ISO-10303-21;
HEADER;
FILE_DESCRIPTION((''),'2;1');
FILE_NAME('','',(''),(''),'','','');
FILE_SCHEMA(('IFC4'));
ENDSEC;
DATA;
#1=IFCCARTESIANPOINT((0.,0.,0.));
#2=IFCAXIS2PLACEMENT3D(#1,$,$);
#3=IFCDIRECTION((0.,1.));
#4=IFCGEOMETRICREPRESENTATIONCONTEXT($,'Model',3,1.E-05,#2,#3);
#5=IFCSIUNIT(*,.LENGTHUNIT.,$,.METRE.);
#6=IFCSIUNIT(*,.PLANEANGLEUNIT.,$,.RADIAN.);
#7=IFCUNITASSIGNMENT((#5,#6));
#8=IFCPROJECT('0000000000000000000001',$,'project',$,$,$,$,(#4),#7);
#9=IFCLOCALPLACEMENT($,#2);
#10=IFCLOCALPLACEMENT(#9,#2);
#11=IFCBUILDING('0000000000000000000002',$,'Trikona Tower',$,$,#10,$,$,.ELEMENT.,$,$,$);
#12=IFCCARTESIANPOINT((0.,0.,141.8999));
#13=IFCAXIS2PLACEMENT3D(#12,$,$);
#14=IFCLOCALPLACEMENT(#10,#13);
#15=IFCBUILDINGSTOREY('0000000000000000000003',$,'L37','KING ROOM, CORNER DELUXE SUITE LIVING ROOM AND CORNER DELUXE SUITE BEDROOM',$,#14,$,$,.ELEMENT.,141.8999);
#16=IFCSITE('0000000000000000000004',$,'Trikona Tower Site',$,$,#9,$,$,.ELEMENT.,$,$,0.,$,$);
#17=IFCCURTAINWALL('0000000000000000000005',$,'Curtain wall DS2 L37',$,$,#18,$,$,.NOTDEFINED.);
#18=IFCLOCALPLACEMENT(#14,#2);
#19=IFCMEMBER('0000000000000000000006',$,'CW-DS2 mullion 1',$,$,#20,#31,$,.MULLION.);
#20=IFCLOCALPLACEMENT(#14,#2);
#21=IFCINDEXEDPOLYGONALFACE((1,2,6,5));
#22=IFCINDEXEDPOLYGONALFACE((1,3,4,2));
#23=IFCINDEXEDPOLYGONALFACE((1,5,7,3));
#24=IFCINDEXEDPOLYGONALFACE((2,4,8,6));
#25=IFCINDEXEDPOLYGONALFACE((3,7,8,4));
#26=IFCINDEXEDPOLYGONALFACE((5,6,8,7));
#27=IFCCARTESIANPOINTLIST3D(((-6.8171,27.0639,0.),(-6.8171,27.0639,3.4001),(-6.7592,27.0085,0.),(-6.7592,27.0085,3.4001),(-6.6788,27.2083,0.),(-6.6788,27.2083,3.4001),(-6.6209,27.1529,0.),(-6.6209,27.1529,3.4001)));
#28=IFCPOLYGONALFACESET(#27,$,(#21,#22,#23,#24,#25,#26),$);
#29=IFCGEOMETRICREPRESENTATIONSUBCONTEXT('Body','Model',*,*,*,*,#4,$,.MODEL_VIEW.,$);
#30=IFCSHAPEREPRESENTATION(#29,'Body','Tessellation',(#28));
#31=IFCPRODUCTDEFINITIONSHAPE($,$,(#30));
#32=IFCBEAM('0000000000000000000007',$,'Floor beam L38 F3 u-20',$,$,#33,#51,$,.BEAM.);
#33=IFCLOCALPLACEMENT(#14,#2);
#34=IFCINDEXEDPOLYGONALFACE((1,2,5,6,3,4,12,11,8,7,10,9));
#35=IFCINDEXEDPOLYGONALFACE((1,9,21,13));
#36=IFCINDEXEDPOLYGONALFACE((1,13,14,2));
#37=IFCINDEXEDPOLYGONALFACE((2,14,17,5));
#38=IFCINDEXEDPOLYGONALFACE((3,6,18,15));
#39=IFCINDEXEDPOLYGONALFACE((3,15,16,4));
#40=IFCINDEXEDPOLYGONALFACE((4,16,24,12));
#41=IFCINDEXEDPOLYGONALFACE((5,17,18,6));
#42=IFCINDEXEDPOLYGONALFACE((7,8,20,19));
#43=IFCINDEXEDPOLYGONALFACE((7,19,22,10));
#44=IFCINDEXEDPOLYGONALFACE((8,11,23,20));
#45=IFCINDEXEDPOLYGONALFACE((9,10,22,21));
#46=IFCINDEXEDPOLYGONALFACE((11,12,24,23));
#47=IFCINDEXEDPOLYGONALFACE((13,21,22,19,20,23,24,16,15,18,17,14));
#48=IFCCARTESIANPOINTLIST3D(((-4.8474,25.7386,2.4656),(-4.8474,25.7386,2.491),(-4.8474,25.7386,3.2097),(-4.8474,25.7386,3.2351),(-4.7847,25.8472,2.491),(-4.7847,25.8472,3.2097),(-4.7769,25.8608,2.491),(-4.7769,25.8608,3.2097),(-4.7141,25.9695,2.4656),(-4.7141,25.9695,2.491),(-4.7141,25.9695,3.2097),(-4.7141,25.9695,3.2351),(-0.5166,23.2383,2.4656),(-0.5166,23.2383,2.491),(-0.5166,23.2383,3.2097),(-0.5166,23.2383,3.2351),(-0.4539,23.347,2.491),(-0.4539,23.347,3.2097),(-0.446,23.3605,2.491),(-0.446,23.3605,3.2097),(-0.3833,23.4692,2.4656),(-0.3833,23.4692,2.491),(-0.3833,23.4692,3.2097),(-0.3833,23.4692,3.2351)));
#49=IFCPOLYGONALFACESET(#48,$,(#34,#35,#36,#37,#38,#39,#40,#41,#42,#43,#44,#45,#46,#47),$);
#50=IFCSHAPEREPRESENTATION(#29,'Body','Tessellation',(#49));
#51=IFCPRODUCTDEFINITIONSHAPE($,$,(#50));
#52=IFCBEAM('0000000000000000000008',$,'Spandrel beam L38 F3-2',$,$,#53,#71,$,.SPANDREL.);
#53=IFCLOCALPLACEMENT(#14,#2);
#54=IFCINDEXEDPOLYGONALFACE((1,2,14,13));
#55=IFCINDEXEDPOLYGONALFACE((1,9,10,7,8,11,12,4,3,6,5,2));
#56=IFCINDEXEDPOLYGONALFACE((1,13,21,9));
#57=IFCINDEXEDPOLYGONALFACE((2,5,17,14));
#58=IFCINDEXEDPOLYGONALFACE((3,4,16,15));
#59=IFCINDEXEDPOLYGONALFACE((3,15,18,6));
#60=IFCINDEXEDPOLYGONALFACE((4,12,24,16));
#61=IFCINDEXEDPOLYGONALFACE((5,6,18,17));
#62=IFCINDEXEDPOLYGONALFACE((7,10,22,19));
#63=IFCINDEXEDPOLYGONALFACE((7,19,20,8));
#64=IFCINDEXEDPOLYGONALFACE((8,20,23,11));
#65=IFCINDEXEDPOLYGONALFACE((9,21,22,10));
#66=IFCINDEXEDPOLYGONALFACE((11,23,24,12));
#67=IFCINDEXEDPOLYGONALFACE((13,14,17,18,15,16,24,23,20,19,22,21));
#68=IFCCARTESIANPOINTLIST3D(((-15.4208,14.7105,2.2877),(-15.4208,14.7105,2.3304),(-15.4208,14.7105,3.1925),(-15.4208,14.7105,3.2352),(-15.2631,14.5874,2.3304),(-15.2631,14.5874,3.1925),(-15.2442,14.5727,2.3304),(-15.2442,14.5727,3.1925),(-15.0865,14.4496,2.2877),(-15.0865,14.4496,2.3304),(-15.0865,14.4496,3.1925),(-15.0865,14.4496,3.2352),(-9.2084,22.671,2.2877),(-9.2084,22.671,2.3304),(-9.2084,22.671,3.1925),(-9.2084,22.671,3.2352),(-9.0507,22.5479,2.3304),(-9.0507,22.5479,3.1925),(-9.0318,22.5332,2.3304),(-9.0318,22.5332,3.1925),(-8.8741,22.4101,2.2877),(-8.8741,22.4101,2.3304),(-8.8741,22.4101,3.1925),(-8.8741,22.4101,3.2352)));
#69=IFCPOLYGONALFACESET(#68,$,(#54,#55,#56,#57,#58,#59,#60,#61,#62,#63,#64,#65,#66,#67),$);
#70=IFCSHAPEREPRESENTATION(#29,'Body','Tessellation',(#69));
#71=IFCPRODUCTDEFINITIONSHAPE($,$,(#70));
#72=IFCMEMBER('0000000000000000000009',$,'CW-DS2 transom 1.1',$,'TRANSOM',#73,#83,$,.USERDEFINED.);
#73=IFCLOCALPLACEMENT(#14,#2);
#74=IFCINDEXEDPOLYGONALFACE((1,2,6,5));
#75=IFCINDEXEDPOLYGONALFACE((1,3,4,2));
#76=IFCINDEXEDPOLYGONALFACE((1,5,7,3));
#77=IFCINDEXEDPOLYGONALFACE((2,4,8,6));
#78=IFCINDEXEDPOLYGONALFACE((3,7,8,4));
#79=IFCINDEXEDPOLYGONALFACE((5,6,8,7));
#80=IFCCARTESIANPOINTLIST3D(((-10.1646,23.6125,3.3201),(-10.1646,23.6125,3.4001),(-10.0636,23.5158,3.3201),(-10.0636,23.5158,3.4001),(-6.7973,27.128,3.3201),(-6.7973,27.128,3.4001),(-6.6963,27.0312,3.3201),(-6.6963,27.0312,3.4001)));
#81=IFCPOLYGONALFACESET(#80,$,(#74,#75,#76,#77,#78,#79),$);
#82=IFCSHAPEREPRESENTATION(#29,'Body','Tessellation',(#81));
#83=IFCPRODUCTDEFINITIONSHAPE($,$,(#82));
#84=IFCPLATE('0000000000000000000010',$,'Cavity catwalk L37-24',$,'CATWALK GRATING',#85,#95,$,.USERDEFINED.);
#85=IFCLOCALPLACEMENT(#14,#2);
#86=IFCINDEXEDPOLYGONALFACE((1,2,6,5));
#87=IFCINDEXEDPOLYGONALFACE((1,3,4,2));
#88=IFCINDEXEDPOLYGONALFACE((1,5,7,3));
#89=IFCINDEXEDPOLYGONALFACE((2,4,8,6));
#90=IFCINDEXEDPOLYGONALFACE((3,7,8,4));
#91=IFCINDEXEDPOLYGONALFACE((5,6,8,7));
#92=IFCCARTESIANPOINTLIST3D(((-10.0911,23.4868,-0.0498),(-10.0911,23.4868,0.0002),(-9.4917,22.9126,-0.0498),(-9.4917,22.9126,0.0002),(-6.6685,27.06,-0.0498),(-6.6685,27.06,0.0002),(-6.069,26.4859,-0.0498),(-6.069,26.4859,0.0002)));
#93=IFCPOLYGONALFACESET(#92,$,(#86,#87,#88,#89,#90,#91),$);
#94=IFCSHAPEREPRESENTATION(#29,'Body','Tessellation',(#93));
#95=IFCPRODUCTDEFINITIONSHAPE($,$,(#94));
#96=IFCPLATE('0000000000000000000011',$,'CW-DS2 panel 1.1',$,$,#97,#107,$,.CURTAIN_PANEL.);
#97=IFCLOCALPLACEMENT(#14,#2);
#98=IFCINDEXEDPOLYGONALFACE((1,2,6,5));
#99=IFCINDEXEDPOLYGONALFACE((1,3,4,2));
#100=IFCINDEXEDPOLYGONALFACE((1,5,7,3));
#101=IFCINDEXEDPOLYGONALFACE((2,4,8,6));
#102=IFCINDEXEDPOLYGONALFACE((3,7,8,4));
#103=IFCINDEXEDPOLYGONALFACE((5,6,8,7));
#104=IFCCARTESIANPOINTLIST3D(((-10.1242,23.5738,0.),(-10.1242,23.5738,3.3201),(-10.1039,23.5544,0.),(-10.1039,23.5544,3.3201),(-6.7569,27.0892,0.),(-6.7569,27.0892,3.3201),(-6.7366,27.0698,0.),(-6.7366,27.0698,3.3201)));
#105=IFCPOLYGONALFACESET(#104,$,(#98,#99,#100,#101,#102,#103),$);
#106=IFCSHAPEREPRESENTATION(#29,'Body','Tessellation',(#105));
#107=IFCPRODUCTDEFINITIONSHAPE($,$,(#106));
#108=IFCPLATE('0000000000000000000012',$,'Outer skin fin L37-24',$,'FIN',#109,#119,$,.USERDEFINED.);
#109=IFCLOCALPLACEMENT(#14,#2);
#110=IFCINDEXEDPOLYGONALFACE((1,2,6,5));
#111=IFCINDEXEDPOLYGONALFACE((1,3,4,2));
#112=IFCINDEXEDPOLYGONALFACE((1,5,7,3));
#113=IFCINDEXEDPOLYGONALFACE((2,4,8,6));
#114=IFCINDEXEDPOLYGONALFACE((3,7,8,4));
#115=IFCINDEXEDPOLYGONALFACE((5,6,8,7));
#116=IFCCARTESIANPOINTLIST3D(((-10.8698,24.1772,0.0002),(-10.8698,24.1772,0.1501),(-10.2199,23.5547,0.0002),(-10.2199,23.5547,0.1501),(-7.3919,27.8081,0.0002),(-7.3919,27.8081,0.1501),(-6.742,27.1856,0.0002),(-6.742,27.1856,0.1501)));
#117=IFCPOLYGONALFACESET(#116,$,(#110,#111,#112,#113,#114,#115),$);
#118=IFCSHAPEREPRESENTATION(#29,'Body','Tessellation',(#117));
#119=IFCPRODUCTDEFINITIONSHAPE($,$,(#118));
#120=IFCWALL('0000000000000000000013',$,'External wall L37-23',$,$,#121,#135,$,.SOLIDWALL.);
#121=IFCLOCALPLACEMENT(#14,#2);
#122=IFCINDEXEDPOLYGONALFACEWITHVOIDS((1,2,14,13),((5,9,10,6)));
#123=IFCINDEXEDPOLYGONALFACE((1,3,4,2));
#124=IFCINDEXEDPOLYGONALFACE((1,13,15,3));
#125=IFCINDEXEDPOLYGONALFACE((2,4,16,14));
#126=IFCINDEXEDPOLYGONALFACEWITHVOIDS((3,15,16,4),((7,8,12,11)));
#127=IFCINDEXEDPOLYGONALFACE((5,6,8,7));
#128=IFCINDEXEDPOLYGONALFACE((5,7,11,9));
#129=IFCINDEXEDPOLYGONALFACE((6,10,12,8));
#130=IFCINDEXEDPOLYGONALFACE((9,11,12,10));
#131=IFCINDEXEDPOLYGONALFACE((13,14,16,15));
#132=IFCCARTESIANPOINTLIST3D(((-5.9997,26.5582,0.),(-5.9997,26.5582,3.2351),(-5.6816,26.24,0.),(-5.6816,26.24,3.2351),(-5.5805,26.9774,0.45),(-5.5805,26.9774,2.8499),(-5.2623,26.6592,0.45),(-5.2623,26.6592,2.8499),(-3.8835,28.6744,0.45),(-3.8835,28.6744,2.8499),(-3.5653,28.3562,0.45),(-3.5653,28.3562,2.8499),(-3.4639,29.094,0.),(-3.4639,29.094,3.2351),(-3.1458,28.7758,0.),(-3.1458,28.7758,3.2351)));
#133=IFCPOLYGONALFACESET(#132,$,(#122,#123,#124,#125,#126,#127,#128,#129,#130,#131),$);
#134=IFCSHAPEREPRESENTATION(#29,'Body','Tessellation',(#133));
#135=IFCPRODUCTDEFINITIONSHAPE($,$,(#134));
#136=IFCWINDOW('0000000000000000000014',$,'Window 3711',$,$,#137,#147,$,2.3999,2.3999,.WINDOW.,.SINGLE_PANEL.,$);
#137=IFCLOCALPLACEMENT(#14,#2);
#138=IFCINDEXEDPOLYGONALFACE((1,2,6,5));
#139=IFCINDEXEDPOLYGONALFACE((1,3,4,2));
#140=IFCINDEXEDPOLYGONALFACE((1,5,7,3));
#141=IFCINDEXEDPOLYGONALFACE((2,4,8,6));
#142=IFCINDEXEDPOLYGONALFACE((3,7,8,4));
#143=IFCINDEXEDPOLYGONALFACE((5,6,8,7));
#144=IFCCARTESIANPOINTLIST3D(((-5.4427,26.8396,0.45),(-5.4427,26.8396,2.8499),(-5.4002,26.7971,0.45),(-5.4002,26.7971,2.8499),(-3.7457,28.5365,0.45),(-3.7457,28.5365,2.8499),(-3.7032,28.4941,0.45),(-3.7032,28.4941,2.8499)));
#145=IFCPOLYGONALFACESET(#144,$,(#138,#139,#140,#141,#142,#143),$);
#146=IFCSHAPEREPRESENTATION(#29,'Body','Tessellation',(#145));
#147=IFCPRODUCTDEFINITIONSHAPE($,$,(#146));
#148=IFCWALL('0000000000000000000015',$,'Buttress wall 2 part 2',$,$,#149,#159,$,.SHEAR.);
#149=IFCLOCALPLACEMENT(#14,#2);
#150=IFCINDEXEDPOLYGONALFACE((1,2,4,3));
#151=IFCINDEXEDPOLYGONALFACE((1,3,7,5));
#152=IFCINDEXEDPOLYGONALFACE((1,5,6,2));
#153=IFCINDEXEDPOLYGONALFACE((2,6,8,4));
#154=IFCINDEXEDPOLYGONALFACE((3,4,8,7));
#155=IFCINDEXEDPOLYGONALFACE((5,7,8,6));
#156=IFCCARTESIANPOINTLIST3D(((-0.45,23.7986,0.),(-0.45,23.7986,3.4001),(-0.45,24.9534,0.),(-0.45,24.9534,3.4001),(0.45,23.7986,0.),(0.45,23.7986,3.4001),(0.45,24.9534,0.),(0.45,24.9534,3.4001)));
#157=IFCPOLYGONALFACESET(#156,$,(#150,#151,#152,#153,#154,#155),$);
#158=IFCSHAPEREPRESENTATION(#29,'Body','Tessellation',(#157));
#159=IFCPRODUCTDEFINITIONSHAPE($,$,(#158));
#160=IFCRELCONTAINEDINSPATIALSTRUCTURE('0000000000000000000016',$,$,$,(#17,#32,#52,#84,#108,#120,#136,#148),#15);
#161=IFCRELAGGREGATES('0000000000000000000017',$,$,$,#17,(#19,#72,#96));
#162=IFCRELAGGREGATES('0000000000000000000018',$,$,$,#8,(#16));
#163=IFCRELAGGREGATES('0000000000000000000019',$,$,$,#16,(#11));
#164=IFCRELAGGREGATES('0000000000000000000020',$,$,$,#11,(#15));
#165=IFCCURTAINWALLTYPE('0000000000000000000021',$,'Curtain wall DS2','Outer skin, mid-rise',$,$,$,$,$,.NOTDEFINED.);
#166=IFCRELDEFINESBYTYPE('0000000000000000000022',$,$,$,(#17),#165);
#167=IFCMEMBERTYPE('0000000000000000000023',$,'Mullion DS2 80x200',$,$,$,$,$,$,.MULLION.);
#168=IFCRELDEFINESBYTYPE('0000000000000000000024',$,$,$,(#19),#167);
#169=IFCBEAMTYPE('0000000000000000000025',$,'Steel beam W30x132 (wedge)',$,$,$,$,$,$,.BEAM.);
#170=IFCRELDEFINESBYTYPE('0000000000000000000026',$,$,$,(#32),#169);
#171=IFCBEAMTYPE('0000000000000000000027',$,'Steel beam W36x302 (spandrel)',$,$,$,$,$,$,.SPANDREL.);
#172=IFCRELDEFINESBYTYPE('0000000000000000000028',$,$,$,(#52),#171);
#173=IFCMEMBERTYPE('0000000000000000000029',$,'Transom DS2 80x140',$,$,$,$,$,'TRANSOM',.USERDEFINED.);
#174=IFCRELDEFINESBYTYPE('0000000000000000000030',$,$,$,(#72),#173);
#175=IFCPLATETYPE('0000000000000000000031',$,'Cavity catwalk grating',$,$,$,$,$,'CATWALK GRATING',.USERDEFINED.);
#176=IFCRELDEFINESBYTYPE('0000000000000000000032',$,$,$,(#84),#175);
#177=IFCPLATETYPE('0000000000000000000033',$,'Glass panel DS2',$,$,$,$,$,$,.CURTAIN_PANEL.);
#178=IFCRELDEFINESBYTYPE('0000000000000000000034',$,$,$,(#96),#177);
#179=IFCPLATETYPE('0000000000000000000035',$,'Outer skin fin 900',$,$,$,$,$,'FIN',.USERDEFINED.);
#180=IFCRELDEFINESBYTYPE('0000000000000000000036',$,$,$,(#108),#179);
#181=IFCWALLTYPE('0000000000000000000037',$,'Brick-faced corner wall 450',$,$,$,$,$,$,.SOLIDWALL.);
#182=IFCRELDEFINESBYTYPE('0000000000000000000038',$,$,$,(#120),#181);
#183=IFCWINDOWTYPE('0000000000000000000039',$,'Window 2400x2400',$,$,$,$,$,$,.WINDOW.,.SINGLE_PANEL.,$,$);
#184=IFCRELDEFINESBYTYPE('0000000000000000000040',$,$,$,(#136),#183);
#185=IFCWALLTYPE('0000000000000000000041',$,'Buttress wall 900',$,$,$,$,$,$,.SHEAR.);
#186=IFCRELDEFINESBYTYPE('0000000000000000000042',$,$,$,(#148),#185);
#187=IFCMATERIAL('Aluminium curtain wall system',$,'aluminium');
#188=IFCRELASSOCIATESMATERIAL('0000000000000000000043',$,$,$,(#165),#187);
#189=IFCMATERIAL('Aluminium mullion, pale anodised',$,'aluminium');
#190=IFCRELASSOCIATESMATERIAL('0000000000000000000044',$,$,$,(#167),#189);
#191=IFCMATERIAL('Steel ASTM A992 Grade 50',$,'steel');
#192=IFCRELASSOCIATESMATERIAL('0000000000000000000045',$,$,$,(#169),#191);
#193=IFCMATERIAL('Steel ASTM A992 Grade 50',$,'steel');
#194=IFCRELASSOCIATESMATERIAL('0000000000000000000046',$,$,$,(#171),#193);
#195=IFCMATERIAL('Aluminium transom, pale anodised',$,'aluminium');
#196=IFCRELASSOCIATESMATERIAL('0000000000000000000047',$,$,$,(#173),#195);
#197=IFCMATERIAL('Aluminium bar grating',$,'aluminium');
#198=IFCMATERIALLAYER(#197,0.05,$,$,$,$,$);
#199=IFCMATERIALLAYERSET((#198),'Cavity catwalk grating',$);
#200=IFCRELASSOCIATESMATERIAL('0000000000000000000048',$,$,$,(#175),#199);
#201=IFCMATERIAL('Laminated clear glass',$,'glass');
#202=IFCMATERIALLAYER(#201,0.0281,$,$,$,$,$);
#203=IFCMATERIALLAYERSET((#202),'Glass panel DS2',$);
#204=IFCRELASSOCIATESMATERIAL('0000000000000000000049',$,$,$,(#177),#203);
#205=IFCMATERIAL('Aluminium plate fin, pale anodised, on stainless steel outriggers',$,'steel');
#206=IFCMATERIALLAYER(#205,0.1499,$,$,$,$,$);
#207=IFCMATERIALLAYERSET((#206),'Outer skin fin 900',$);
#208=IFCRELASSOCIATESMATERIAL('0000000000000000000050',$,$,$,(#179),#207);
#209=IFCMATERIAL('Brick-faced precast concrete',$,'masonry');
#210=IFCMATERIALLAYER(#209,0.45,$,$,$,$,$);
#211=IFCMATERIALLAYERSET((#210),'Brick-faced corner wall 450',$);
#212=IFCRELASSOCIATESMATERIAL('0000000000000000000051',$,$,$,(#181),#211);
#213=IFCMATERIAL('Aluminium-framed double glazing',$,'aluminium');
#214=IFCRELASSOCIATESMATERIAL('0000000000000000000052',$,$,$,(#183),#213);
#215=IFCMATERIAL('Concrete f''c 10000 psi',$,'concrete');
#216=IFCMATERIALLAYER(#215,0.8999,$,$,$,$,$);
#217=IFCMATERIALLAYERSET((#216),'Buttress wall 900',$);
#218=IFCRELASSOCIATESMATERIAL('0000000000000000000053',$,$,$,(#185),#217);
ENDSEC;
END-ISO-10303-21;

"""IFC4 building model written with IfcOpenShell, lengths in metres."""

from ifc_helpers import new_model, si_unit, direction, frame, frame_2d, origin, origin_2d, place, context, subcontext, project, spatial, rectangle, i_section, extrude, material, layer, layer_set, material_profile, profile_set, type_object, element, fill, aggregate, save


model = new_model("IFC4")

# Units and contexts
model_context = context("Model", 3, precision=1e-05, world=origin(), true_north=direction((0.0, 1.0)))
body_context = subcontext(model_context, "Body", "Model", "MODEL_VIEW")
ifc_project = project(units=[si_unit("LENGTHUNIT", "METRE"), si_unit("PLANEANGLEUNIT", "RADIAN")], contexts=[model_context])

# Site, building, storey
site_placement = place(None, origin())
site = spatial("IfcSite", under=ifc_project, at=site_placement, Name="Trikona Tower Site", CompositionType="ELEMENT", RefElevation=0.0)
building_placement = place(site_placement, origin())
building = spatial("IfcBuilding", under=site, at=building_placement, Name="Trikona Tower", CompositionType="ELEMENT")
storey_placement = place(building_placement, frame((0.0, 0.0, 141.8999)))
storey = spatial("IfcBuildingStorey", under=building, at=storey_placement, Name="L37", Description="KING ROOM, CORNER DELUXE SUITE LIVING ROOM AND CORNER DELUXE SUITE BEDROOM", CompositionType="ELEMENT", Elevation=141.8999)

# Curtain wall, member
ifc_material_1 = material(Name="Aluminium curtain wall system", Category="aluminium")
curtain_wall_type = type_object("IfcCurtainWallType", Name="Curtain wall DS2", Description="Outer skin, mid-rise", PredefinedType="NOTDEFINED", material=ifc_material_1)
curtain_wall_placement = place(storey_placement, origin())
curtain_wall = element("IfcCurtainWall", 1, at=curtain_wall_placement, inside=storey, type_object=curtain_wall_type, Name="Curtain wall DS2 L37", PredefinedType="NOTDEFINED")
ifc_material_2 = material(Name="Aluminium mullion, pale anodised", Category="aluminium")
ifc_material_profile_1 = material_profile(ifc_material_2, rectangle(XDim=0.0801, YDim=0.2, at=origin_2d()), Name="MUL-DS2")
ifc_profile_set_1 = profile_set([ifc_material_profile_1], Name="Aluminium mullion, pale anodised")
member_type_1 = type_object("IfcMemberType", Name="Mullion DS2 80x200", PredefinedType="MULLION", material=ifc_profile_set_1)
member_1_placement = place(storey_placement, frame((-6.719, 27.1084, 0.0), z_axis=(0.0, 0.0, 1.0), x_axis=(0.722158, -0.691728, 0.0)))
member_1 = element("IfcMember", 2, at=member_1_placement, type_object=member_type_1, Name="CW-DS2 mullion 1", PredefinedType="MULLION", context=body_context, shape_type="SweptSolid", body=[
    extrude(rectangle(XDim=0.0801, YDim=0.2, at=origin_2d()), origin(), (0.0, 0.0, 1.0), 3.4001),
])

# Beams
ifc_material_3 = material(Name="Steel ASTM A992 Grade 50", Category="steel")
ifc_material_profile_2 = material_profile(ifc_material_3, i_section(OverallWidth=0.2666, OverallDepth=0.7695, WebThickness=0.0156, FlangeThickness=0.0254, at=origin_2d()), Name="W30X132")
ifc_profile_set_2 = profile_set([ifc_material_profile_2], Name="Steel ASTM A992 Grade 50")
beam_type_1 = type_object("IfcBeamType", Name="Steel beam W30x132 (wedge)", PredefinedType="BEAM", material=ifc_profile_set_2)
beam_1_placement = place(storey_placement, frame((-0.45, 23.3538, 2.8503), z_axis=(-0.866038, 0.499977, 0.0), x_axis=(-0.499977, -0.866038, 0.0)))
element("IfcBeam", 3, at=beam_1_placement, inside=storey, type_object=beam_type_1, Name="Floor beam L38 F3 u-20", PredefinedType="BEAM", context=body_context, shape_type="SweptSolid", body=[
    extrude(i_section(OverallWidth=0.2666, OverallDepth=0.7695, WebThickness=0.0156, FlangeThickness=0.0254, at=origin_2d()), origin(), (0.0, 0.0, 1.0), 5.0007),
])
ifc_material_4 = material(Name="Steel ASTM A992 Grade 50", Category="steel")
ifc_material_profile_3 = material_profile(ifc_material_4, i_section(OverallWidth=0.4241, OverallDepth=0.9475, WebThickness=0.0239, FlangeThickness=0.0427, at=origin_2d()), Name="W36X302")
ifc_profile_set_3 = profile_set([ifc_material_profile_3], Name="Steel ASTM A992 Grade 50")
beam_type_2 = type_object("IfcBeamType", Name="Steel beam W36x302 (spandrel)", PredefinedType="SPANDREL", material=ifc_profile_set_3)
beam_2_placement = place(storey_placement, frame((-9.0413, 22.5405, 2.7615), z_axis=(-0.615232, -0.788346, 0.0), x_axis=(0.788346, -0.615232, 0.0)))
element("IfcBeam", 4, at=beam_2_placement, inside=storey, type_object=beam_type_2, Name="Spandrel beam L38 F3-2", PredefinedType="SPANDREL", context=body_context, shape_type="SweptSolid", body=[
    extrude(i_section(OverallWidth=0.4241, OverallDepth=0.9475, WebThickness=0.0239, FlangeThickness=0.0427, at=origin_2d()), origin(), (0.0, 0.0, 1.0), 10.0977),
])

# Member
ifc_material_5 = material(Name="Aluminium transom, pale anodised", Category="aluminium")
ifc_material_profile_4 = material_profile(ifc_material_5, rectangle(XDim=0.1399, YDim=0.0801, at=origin_2d()), Name="TRN-DS2")
ifc_profile_set_4 = profile_set([ifc_material_profile_4], Name="Aluminium transom, pale anodised")
member_type_2 = type_object("IfcMemberType", Name="Transom DS2 80x140", ElementType="TRANSOM", PredefinedType="USERDEFINED", material=ifc_profile_set_4)
member_2_placement = place(storey_placement, frame((-6.7468, 27.0796, 3.3601), z_axis=(-0.691721, -0.722165, 0.0), x_axis=(0.722165, -0.691721, 0.0)))
member_2 = element("IfcMember", 5, at=member_2_placement, type_object=member_type_2, Name="CW-DS2 transom 1.1", ObjectType="TRANSOM", PredefinedType="USERDEFINED", context=body_context, shape_type="SweptSolid", body=[
    extrude(rectangle(XDim=0.1399, YDim=0.0801, at=origin_2d()), origin(), (0.0, 0.0, 1.0), 4.8679),
])

# Plates
ifc_material_6 = material(Name="Aluminium bar grating", Category="aluminium")
ifc_layer_1 = layer(ifc_material_6, 0.05)
ifc_layer_set_1 = layer_set([ifc_layer_1], Name="Cavity catwalk grating")
plate_type_1 = type_object("IfcPlateType", Name="Cavity catwalk grating", ElementType="CATWALK GRATING", PredefinedType="USERDEFINED", material=ifc_layer_set_1)
plate_1_placement = place(storey_placement, frame((-8.0801, 24.9863, -0.0498), z_axis=(0.0, 0.0, 1.0), x_axis=(-0.691724, -0.722162, 0.0)))
element("IfcPlate", 6, at=plate_1_placement, inside=storey, type_object=plate_type_1, Name="Cavity catwalk L37-24", ObjectType="CATWALK GRATING", PredefinedType="USERDEFINED", context=body_context, shape_type="SweptSolid", body=[
    extrude(rectangle(XDim=4.948, YDim=0.8301, at=origin_2d()), origin(), (0.0, 0.0, 1.0), 0.05),
])
ifc_material_7 = material(Name="Laminated clear glass", Category="glass")
ifc_layer_2 = layer(ifc_material_7, 0.0281)
ifc_layer_set_2 = layer_set([ifc_layer_2], Name="Glass panel DS2")
plate_type_2 = type_object("IfcPlateType", Name="Glass panel DS2", PredefinedType="CURTAIN_PANEL", material=ifc_layer_set_2)
plate_2_placement = place(storey_placement, frame((-8.4304, 25.3218, 0.0), z_axis=(0.0, 0.0, 1.0), x_axis=(-0.691728, -0.722158, 0.0)))
plate_2 = element("IfcPlate", 7, at=plate_2_placement, type_object=plate_type_2, Name="CW-DS2 panel 1.1", PredefinedType="CURTAIN_PANEL", context=body_context, shape_type="SweptSolid", body=[
    extrude(rectangle(XDim=4.8679, YDim=0.0281, at=origin_2d()), origin(), (0.0, 0.0, 1.0), 3.3201),
])
aggregate(curtain_wall, [member_1, member_2, plate_2])
ifc_material_8 = material(Name="Aluminium plate fin, pale anodised, on stainless steel outriggers", Category="steel")
ifc_layer_3 = layer(ifc_material_8, 0.1499)
ifc_layer_set_3 = layer_set([ifc_layer_3], Name="Outer skin fin 900")
plate_type_3 = type_object("IfcPlateType", Name="Outer skin fin 900", ElementType="FIN", PredefinedType="USERDEFINED", material=ifc_layer_set_3)
plate_3_placement = place(storey_placement, frame((-8.8059, 25.6814, 0.0002), z_axis=(0.0, 0.0, 1.0), x_axis=(-0.691724, -0.722162, 0.0)))
element("IfcPlate", 8, at=plate_3_placement, inside=storey, type_object=plate_type_3, Name="Outer skin fin L37-24", ObjectType="FIN", PredefinedType="USERDEFINED", context=body_context, shape_type="SweptSolid", body=[
    extrude(rectangle(XDim=5.0278, YDim=0.8999, at=origin_2d()), origin(), (0.0, 0.0, 1.0), 0.1499),
])

# Wall, opening, window
ifc_material_9 = material(Name="Brick-faced precast concrete", Category="masonry")
ifc_layer_4 = layer(ifc_material_9, 0.45)
ifc_layer_set_4 = layer_set([ifc_layer_4], Name="Brick-faced corner wall 450")
wall_type_1 = type_object("IfcWallType", Name="Brick-faced corner wall 450", PredefinedType="SOLIDWALL", material=ifc_layer_set_4)
wall_1_placement = place(storey_placement, frame((-3.3049, 28.9348, 0.0), z_axis=(0.0, 0.0, 1.0), x_axis=(-0.707107, -0.707107, 0.0)))
wall_1 = element("IfcWall", 9, at=wall_1_placement, inside=storey, type_object=wall_type_1, Name="External wall L37-23", PredefinedType="SOLIDWALL", context=body_context, shape_type="SweptSolid", body=[
    extrude(rectangle(XDim=3.5862, YDim=0.45, at=frame_2d((1.793, 0.0))), origin(), (0.0, 0.0, 1.0), 3.2351),
])
opening_1_placement = place(wall_1_placement, frame((0.5933, 0.0, 0.45)))
opening_1 = element("IfcOpeningElement", 10, at=opening_1_placement, cuts=wall_1, PredefinedType="OPENING", context=body_context, shape_type="SweptSolid", body=[
    extrude(rectangle(XDim=2.3999, YDim=2.3999, at=frame_2d((1.2, 1.2))), frame((0.0, 0.2349, 0.0), z_axis=(0.0, -1.0, 0.0), x_axis=(1.0, 0.0, 0.0)), (0.0, 0.0, 1.0), 0.47),
])
ifc_material_10 = material(Name="Aluminium-framed double glazing", Category="aluminium")
window_type_1 = type_object("IfcWindowType", Name="Window 2400x2400", PartitioningType="SINGLE_PANEL", PredefinedType="WINDOW", material=ifc_material_10)
window_1_placement = place(opening_1_placement, origin())
window_1 = element("IfcWindow", 11, at=window_1_placement, inside=storey, type_object=window_type_1, Name="Window 3711", OverallHeight=2.3999, OverallWidth=2.3999, PartitioningType="SINGLE_PANEL", PredefinedType="WINDOW", context=body_context, shape_type="SweptSolid", body=[
    extrude(rectangle(XDim=2.3999, YDim=2.3999, at=frame_2d((1.2, 1.2))), frame((0.0, 0.03, 0.0), z_axis=(0.0, -1.0, 0.0), x_axis=(1.0, 0.0, 0.0)), (0.0, 0.0, 1.0), 0.0601),
])
fill(opening_1, window_1)

# Wall
ifc_material_11 = material(Name="Concrete f'c 10000 psi", Category="concrete")
ifc_layer_5 = layer(ifc_material_11, 0.8999)
ifc_layer_set_5 = layer_set([ifc_layer_5], Name="Buttress wall 900")
wall_type_2 = type_object("IfcWallType", Name="Buttress wall 900", PredefinedType="SHEAR", material=ifc_layer_set_5)
wall_2_placement = place(storey_placement, frame((0.0, 23.7986, 0.0), z_axis=(0.0, 0.0, 1.0), x_axis=(0.0, 1.0, 0.0)))
element("IfcWall", 12, at=wall_2_placement, inside=storey, type_object=wall_type_2, Name="Buttress wall 2 part 2", PredefinedType="SHEAR", context=body_context, shape_type="SweptSolid", body=[
    extrude(rectangle(XDim=1.1548, YDim=0.8999, at=frame_2d((0.5774, 0.0))), origin(), (0.0, 0.0, 1.0), 3.4001),
])

save(model, "model.ifc")
